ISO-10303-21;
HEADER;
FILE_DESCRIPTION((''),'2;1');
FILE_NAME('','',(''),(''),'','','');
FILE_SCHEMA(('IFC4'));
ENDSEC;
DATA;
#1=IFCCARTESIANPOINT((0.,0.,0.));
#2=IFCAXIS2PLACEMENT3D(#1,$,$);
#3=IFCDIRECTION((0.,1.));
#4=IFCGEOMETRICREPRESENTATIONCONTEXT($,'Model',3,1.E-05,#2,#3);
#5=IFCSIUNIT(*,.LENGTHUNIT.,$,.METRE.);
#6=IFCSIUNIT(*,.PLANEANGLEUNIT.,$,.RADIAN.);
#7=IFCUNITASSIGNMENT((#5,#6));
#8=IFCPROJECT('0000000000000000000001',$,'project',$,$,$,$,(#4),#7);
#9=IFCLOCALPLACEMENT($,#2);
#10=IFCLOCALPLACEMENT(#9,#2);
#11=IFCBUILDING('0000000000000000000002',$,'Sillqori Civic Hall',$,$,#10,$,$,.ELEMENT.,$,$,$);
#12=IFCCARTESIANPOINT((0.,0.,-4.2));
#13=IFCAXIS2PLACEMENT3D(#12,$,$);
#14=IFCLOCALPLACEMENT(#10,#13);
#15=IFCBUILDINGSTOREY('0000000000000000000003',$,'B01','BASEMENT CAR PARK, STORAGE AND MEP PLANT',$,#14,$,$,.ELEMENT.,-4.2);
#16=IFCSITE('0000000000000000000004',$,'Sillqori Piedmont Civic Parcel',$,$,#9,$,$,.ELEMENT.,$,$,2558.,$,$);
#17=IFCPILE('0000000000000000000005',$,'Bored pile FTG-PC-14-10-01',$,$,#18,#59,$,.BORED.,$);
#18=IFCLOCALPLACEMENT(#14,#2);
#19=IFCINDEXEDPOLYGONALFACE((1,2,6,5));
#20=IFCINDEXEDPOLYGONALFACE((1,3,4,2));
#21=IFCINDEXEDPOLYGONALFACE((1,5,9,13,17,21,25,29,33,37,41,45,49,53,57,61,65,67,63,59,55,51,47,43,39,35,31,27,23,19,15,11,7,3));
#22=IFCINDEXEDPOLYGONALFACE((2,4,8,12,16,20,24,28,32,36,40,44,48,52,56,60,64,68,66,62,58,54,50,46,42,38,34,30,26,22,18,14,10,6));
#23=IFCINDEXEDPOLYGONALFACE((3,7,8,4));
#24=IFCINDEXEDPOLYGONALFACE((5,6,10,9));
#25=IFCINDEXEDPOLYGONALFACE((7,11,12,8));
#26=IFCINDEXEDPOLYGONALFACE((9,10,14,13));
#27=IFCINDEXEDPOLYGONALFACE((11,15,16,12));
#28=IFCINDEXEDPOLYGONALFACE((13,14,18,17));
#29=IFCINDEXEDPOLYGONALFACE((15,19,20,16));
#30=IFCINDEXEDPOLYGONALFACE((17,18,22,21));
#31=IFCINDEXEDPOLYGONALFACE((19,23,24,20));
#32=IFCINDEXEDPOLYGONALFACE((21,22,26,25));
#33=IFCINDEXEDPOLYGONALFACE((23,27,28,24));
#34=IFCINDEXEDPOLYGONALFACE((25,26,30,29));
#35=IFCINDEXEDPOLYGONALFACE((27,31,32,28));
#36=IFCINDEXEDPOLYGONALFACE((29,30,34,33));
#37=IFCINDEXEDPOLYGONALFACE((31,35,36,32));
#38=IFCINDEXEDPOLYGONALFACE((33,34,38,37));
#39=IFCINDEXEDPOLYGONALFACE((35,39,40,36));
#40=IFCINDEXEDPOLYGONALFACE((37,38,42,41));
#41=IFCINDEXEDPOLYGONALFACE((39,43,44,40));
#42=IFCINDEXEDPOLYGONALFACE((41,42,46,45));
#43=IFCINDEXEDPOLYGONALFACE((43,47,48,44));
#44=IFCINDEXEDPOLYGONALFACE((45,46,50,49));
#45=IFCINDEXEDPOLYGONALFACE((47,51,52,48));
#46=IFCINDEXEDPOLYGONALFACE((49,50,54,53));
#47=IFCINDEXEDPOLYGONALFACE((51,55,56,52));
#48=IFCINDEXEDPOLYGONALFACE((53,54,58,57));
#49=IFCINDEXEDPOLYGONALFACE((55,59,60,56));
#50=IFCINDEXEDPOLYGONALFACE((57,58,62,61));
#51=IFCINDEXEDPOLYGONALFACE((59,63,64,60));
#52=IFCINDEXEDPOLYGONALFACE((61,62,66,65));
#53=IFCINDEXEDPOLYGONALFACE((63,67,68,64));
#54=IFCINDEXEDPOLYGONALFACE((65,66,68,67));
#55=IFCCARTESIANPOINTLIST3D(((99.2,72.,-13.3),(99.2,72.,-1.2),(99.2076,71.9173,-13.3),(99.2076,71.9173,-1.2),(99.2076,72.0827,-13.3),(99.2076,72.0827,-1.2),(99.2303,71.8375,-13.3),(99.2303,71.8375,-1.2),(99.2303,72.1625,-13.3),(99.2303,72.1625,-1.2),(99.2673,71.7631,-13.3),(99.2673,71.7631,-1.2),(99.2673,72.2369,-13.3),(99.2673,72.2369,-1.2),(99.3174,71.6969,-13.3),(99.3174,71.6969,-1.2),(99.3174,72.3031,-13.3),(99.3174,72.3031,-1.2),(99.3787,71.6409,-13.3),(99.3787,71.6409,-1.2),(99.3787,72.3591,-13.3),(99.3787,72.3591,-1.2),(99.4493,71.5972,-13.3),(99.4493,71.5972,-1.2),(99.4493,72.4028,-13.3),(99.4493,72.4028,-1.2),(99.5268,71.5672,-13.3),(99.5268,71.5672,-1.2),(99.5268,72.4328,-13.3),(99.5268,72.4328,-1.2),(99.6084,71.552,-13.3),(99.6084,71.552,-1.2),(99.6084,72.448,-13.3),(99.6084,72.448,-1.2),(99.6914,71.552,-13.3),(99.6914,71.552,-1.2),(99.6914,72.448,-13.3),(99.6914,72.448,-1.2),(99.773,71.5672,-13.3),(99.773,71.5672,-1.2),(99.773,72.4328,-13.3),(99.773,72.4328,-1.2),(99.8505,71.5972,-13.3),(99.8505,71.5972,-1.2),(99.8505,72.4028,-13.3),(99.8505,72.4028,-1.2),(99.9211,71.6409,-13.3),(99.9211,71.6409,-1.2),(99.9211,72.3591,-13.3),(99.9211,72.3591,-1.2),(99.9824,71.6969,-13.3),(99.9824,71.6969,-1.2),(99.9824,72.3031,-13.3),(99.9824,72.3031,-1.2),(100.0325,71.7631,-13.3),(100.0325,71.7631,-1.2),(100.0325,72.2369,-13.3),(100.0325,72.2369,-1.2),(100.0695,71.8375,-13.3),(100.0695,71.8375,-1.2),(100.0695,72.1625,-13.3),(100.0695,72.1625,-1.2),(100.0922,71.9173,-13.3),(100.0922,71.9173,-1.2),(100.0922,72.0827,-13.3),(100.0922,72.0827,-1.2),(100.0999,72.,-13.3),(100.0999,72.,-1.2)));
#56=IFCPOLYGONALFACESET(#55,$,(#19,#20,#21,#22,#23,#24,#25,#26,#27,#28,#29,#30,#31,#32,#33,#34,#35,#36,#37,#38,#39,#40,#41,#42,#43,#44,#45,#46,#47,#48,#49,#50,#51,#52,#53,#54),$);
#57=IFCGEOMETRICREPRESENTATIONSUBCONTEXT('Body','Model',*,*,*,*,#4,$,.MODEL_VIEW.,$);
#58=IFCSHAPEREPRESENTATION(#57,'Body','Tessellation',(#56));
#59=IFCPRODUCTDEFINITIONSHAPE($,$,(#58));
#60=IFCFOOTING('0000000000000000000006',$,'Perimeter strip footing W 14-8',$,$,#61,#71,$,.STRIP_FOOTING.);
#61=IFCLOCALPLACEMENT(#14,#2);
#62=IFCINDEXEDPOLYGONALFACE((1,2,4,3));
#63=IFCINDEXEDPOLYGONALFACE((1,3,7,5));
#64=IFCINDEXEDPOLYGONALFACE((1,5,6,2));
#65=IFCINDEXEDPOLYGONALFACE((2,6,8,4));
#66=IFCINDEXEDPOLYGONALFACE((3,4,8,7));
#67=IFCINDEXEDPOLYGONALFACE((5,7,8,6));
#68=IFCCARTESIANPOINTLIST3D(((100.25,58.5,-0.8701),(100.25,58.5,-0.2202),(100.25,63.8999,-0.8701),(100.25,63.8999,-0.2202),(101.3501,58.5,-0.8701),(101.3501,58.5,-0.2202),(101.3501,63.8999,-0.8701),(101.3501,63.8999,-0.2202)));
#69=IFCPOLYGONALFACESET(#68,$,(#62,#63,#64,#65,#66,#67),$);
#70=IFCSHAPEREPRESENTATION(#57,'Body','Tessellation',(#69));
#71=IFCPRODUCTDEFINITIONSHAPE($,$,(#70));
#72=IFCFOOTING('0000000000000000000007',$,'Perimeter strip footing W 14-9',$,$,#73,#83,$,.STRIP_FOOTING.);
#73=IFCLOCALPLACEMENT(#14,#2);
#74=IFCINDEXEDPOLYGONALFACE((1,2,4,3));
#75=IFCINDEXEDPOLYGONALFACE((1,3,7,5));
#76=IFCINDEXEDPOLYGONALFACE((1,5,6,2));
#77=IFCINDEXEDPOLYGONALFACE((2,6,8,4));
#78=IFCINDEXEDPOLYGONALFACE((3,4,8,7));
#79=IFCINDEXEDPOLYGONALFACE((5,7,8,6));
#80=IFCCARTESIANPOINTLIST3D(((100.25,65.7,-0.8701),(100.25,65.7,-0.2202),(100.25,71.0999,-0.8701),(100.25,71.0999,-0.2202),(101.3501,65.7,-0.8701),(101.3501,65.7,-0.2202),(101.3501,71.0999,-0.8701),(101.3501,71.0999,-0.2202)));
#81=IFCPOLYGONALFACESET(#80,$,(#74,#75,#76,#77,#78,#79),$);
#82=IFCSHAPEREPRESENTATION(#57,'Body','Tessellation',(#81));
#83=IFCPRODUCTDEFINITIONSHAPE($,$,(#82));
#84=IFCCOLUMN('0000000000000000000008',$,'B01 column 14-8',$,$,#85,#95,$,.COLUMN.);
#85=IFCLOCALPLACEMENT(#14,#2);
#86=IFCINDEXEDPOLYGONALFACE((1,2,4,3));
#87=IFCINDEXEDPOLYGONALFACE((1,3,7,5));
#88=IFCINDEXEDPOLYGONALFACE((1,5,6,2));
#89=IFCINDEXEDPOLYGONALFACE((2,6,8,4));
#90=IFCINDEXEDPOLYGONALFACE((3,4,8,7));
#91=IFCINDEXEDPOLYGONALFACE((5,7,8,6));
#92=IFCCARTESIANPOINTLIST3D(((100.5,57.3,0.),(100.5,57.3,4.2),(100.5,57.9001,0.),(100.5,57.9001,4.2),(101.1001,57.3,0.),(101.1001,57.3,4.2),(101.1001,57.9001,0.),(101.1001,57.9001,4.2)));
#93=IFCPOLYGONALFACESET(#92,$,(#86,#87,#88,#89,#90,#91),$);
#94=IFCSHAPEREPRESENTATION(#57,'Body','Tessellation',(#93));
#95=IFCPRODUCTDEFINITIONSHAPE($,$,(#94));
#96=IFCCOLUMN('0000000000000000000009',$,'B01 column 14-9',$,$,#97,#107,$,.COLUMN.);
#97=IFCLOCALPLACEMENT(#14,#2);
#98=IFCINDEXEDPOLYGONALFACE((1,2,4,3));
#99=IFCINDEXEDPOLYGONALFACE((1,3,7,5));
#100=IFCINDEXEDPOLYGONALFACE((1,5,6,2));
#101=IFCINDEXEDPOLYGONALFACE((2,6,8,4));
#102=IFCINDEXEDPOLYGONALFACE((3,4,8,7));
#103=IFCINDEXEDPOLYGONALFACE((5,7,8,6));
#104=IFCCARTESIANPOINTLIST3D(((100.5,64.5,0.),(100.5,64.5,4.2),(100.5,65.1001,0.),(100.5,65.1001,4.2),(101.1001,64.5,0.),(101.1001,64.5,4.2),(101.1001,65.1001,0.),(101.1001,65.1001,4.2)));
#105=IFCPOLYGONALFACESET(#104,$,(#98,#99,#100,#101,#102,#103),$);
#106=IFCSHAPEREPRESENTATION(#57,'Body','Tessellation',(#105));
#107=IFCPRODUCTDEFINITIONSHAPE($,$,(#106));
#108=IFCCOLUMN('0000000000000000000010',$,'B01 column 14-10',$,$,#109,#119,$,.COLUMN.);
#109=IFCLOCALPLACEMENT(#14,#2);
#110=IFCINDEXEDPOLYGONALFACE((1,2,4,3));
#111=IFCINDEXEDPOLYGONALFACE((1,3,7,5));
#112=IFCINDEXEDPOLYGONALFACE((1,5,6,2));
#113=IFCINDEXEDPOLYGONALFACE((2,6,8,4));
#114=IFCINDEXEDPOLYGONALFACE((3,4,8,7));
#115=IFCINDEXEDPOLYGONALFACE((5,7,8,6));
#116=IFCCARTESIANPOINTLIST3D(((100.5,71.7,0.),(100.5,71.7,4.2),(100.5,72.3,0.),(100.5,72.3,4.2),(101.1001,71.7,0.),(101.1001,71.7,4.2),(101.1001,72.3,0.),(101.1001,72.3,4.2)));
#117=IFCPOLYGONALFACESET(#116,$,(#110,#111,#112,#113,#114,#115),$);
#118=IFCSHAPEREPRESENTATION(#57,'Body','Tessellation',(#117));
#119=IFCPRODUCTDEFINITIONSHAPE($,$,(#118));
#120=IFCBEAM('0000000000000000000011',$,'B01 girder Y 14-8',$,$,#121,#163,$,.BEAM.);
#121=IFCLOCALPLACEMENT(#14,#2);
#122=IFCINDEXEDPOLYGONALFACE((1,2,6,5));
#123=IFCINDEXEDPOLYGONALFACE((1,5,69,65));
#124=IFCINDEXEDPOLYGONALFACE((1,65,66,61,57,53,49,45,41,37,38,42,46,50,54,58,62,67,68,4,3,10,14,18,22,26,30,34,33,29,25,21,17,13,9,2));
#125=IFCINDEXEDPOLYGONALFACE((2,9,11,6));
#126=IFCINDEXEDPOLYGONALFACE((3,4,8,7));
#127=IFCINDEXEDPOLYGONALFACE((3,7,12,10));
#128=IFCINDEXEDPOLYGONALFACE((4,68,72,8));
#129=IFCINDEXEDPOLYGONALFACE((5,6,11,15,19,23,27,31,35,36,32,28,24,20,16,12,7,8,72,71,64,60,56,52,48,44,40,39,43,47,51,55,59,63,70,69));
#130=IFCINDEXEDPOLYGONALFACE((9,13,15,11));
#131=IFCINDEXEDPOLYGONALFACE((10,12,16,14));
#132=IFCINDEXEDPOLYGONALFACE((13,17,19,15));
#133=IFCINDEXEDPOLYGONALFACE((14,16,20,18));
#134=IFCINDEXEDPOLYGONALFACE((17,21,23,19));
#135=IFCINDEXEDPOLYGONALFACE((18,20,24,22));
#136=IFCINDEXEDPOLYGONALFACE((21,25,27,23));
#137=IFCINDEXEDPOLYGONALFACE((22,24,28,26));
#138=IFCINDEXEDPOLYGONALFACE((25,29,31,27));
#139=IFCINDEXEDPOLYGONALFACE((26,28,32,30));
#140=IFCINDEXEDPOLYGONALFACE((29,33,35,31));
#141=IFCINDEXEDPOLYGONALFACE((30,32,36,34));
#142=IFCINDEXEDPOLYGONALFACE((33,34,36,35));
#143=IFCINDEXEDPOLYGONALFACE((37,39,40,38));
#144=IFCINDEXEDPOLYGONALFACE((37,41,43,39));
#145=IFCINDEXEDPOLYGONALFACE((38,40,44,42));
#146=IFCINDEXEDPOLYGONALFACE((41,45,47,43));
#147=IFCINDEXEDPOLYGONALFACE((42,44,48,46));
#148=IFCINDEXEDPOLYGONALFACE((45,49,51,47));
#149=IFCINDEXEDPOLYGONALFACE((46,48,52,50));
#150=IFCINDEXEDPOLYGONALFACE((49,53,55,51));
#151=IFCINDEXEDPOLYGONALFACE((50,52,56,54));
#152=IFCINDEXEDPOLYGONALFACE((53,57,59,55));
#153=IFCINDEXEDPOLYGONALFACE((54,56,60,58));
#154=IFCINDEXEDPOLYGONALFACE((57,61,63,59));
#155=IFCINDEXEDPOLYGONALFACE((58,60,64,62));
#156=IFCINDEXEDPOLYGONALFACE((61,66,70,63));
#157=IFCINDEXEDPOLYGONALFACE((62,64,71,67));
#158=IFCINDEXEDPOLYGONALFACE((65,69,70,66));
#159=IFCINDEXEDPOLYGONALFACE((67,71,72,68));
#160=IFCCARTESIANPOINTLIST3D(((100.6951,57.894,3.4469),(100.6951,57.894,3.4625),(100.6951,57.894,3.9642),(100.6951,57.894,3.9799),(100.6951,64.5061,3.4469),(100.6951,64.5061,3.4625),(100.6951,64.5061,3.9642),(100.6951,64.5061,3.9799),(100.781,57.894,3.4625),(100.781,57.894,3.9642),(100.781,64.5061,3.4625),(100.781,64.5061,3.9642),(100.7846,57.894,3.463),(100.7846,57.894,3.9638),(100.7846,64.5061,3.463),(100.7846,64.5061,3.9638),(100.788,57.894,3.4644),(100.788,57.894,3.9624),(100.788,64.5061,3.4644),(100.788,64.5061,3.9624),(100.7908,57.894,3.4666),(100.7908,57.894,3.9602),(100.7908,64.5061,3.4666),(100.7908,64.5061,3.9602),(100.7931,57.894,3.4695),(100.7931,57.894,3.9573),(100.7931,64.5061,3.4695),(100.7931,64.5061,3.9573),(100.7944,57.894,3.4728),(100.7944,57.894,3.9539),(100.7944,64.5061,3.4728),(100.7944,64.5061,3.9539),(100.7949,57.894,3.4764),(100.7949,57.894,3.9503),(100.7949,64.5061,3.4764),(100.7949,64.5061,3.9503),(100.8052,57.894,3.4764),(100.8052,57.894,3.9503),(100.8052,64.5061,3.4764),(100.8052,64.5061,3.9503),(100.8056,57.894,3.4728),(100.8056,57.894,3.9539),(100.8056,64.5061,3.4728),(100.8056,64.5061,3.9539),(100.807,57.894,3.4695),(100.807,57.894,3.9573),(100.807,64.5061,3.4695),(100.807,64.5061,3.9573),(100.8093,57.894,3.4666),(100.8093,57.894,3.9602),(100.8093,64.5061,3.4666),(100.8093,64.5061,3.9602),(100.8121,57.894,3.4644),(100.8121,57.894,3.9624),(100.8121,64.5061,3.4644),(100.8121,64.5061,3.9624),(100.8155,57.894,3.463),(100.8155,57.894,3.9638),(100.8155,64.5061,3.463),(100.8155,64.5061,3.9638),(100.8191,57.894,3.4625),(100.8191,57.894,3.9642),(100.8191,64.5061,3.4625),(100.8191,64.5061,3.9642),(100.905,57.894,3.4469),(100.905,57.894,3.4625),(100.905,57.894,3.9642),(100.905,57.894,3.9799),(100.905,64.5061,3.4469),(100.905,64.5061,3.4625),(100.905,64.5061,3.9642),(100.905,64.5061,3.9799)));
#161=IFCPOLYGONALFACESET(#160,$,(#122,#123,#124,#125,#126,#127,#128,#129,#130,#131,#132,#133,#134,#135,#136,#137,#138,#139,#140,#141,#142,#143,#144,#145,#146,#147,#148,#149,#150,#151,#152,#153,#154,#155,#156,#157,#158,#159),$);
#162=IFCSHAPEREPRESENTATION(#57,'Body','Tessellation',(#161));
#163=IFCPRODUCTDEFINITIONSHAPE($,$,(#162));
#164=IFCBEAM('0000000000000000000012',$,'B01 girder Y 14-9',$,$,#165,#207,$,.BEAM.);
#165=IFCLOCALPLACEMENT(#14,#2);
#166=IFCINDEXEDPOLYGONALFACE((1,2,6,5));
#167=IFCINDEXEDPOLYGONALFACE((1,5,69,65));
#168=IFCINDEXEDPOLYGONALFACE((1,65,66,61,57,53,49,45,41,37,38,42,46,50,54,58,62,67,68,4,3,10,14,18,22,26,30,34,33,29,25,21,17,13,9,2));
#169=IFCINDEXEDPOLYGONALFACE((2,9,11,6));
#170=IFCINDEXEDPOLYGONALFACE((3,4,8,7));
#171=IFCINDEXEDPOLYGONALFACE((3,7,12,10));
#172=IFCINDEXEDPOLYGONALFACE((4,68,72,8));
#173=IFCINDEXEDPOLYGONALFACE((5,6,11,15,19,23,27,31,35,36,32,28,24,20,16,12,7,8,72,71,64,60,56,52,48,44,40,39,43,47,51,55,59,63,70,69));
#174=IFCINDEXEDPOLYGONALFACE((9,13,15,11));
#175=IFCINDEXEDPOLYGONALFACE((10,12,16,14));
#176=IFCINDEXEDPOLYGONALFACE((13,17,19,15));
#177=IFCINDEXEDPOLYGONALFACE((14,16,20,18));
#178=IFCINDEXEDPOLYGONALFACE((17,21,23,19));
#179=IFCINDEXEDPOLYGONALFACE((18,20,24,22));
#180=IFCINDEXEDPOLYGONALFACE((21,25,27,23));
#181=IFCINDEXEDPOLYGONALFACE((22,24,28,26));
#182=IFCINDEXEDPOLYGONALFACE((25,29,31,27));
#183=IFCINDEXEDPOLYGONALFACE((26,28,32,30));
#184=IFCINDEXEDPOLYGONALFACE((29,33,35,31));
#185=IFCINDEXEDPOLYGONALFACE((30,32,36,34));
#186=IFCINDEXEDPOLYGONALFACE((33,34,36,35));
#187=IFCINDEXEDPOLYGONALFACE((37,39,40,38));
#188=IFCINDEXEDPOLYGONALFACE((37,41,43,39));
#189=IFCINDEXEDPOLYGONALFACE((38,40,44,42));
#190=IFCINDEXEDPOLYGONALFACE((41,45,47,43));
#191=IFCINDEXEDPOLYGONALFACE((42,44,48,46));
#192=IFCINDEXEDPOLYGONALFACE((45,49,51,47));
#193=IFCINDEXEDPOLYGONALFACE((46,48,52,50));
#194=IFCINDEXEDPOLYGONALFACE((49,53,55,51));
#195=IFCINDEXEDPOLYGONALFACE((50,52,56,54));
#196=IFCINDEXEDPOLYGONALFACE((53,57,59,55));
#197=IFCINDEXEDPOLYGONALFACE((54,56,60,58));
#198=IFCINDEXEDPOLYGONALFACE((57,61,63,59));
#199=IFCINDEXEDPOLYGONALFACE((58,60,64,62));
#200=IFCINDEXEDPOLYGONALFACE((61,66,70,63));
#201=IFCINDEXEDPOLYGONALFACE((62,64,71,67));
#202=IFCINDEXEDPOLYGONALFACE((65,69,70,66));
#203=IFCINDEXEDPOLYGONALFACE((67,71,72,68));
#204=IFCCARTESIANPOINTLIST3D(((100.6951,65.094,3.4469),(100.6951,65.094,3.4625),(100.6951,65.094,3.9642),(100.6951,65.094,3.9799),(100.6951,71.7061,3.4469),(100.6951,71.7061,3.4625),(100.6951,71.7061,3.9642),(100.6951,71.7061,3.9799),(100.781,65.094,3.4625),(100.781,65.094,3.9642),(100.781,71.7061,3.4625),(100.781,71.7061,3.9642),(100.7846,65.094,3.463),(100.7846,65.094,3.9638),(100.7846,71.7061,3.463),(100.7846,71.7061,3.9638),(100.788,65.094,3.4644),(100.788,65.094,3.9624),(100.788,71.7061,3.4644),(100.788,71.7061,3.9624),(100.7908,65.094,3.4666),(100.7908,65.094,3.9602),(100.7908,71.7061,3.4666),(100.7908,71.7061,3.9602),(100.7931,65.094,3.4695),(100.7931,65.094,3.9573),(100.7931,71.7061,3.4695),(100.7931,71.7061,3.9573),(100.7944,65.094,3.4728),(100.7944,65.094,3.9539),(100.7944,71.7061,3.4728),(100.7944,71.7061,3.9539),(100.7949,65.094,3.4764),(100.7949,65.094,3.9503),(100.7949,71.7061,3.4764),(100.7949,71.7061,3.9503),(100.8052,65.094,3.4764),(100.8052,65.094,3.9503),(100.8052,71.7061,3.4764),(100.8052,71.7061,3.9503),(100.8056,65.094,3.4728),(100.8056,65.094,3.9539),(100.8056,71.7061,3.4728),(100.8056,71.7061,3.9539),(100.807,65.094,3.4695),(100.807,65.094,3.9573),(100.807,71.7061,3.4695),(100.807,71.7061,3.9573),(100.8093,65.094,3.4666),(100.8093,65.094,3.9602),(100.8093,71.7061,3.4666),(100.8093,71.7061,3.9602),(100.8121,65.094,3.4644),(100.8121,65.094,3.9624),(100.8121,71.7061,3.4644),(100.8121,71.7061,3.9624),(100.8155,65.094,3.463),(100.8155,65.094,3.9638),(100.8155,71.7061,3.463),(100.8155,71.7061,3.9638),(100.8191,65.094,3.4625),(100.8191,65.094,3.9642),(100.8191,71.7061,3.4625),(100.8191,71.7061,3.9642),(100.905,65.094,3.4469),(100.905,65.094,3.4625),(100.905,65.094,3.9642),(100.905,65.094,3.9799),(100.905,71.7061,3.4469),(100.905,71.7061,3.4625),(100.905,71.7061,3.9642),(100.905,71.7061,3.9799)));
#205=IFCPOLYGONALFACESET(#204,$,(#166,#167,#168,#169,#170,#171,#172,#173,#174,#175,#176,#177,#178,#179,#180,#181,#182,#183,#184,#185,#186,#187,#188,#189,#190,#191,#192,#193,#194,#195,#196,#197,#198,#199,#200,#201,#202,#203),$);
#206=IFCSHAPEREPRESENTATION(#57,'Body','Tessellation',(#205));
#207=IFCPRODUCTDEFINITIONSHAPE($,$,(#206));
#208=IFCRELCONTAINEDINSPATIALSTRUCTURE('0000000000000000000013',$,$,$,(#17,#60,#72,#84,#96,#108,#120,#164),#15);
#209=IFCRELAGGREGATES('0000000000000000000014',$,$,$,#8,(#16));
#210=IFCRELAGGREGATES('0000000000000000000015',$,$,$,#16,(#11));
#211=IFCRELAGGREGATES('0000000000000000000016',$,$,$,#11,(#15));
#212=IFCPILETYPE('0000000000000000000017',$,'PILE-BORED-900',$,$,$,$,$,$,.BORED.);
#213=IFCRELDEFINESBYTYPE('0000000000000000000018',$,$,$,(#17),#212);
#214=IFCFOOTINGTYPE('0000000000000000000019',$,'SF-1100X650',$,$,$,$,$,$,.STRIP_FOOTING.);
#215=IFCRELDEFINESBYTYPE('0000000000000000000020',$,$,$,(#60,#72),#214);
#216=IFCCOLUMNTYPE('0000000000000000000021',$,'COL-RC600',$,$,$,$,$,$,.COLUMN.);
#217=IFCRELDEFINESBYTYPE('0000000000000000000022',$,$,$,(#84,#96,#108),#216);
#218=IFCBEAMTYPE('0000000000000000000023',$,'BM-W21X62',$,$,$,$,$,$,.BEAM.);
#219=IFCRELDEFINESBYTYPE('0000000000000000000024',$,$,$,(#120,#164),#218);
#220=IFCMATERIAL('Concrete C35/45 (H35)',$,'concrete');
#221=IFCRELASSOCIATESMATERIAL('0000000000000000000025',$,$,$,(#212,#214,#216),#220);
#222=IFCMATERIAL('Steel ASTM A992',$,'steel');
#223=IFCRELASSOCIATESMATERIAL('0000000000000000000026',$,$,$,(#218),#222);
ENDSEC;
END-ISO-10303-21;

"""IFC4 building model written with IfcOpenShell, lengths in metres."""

from ifc_helpers import new_model, si_unit, direction, frame, origin, origin_2d, place, context, subcontext, project, spatial, rectangle, circle, i_section, extrude, material, material_profile, profile_set, type_object, element, save


model = new_model("IFC4")

# Units and contexts
model_context = context("Model", 3, precision=1e-05, world=origin(), true_north=direction((0.0, 1.0)))
body_context = subcontext(model_context, "Body", "Model", "MODEL_VIEW")
ifc_project = project(units=[si_unit("LENGTHUNIT", "METRE"), si_unit("PLANEANGLEUNIT", "RADIAN")], contexts=[model_context])

# Site, building, storey
site_placement = place(None, origin())
site = spatial("IfcSite", under=ifc_project, at=site_placement, Name="Sillqori Piedmont Civic Parcel", CompositionType="ELEMENT", RefElevation=2558.0)
building_placement = place(site_placement, origin())
building = spatial("IfcBuilding", under=site, at=building_placement, Name="Sillqori Civic Hall", CompositionType="ELEMENT")
storey_placement = place(building_placement, frame((0.0, 0.0, -4.2)))
storey = spatial("IfcBuildingStorey", under=building, at=storey_placement, Name="B01", Description="BASEMENT CAR PARK, STORAGE AND MEP PLANT", CompositionType="ELEMENT", Elevation=-4.2)

# Shared definitions
ifc_material_1 = material(Name="Concrete C35/45 (H35)", Category="concrete")

# Pile
ifc_material_profile_1 = material_profile(ifc_material_1, circle(Radius=0.45, at=origin_2d()), Name="BORED PILE 900")
ifc_profile_set_1 = profile_set([ifc_material_profile_1], Name="Concrete C35/45 (H35)")
pile_type = type_object("IfcPileType", Name="PILE-BORED-900", PredefinedType="BORED", material=ifc_profile_set_1)
for number, where, z_axis, x_axis, name in (
    (1, (99.6499, 72.0, -1.2), (0.0, 0.0, -1.0), (1.0, 0.0, 0.0), "Bored pile FTG-PC-14-10-01"),
):
    element("IfcPile", number, at=place(storey_placement, frame(where, z_axis=z_axis, x_axis=x_axis)), inside=storey, type_object=pile_type, Name=name, PredefinedType="BORED", context=body_context, shape_type="SweptSolid", body=[
        extrude(circle(Radius=0.45, at=origin_2d()), origin(), (0.0, 0.0, 1.0), 12.1001),
    ])

# Footings
footing_type_1 = type_object("IfcFootingType", Name="SF-1100X650", PredefinedType="STRIP_FOOTING", material=ifc_material_1)
for number, where, z_axis, x_axis, name in (
    (2, (100.8, 61.2, -0.8701), (0.0, 0.0, 1.0), (1.0, 0.0, 0.0), "Perimeter strip footing W 14-8"),
    (3, (100.8, 68.3999, -0.8701), (0.0, 0.0, 1.0), (1.0, 0.0, 0.0), "Perimeter strip footing W 14-9"),
):
    element("IfcFooting", number, at=place(storey_placement, frame(where, z_axis=z_axis, x_axis=x_axis)), inside=storey, type_object=footing_type_1, Name=name, PredefinedType="STRIP_FOOTING", context=body_context, shape_type="SweptSolid", body=[
        extrude(rectangle(XDim=1.1001, YDim=5.3999, at=origin_2d()), origin(), (0.0, 0.0, 1.0), 0.6499),
    ])

# Columns
ifc_material_profile_2 = material_profile(ifc_material_1, rectangle(XDim=0.6001, YDim=0.6001, at=origin_2d()), Name="RC 600x600")
ifc_profile_set_2 = profile_set([ifc_material_profile_2], Name="Concrete C35/45 (H35)")
column_type = type_object("IfcColumnType", Name="COL-RC600", PredefinedType="COLUMN", material=ifc_profile_set_2)
for number, where, z_axis, x_axis, name in (
    (4, (100.8, 57.6001, 0.0), (0.0, 0.0, 1.0), (1.0, 0.0, 0.0), "B01 column 14-8"),
    (5, (100.8, 64.8, 0.0), (0.0, 0.0, 1.0), (1.0, 0.0, 0.0), "B01 column 14-9"),
    (6, (100.8, 72.0, 0.0), (0.0, 0.0, 1.0), (1.0, 0.0, 0.0), "B01 column 14-10"),
):
    element("IfcColumn", number, at=place(storey_placement, frame(where, z_axis=z_axis, x_axis=x_axis)), inside=storey, type_object=column_type, Name=name, PredefinedType="COLUMN", context=body_context, shape_type="SweptSolid", body=[
        extrude(rectangle(XDim=0.6001, YDim=0.6001, at=origin_2d()), origin(), (0.0, 0.0, 1.0), 4.2),
    ])

# Beams
ifc_material_2 = material(Name="Steel ASTM A992", Category="steel")
ifc_material_profile_3 = material_profile(ifc_material_2, i_section(OverallWidth=0.21, OverallDepth=0.533, WebThickness=0.0103, FlangeThickness=0.0156, FilletRadius=0.0139, at=origin_2d()), Name="W21X62")
ifc_profile_set_3 = profile_set([ifc_material_profile_3], Name="Steel ASTM A992")
beam_type_1 = type_object("IfcBeamType", Name="BM-W21X62", PredefinedType="BEAM", material=ifc_profile_set_3)
for number, where, z_axis, x_axis, name in (
    (7, (100.8, 57.894, 3.7134), (0.0, 1.0, 0.0), (-1.0, 0.0, 0.0), "B01 girder Y 14-8"),
    (8, (100.8, 65.094, 3.7134), (0.0, 1.0, 0.0), (-1.0, 0.0, 0.0), "B01 girder Y 14-9"),
):
    element("IfcBeam", number, at=place(storey_placement, frame(where, z_axis=z_axis, x_axis=x_axis)), inside=storey, type_object=beam_type_1, Name=name, PredefinedType="BEAM", context=body_context, shape_type="SweptSolid", body=[
        extrude(i_section(OverallWidth=0.21, OverallDepth=0.533, WebThickness=0.0103, FlangeThickness=0.0156, FilletRadius=0.0139, at=origin_2d()), origin(), (0.0, 0.0, 1.0), 6.6121),
    ])

save(model, "model.ifc")
